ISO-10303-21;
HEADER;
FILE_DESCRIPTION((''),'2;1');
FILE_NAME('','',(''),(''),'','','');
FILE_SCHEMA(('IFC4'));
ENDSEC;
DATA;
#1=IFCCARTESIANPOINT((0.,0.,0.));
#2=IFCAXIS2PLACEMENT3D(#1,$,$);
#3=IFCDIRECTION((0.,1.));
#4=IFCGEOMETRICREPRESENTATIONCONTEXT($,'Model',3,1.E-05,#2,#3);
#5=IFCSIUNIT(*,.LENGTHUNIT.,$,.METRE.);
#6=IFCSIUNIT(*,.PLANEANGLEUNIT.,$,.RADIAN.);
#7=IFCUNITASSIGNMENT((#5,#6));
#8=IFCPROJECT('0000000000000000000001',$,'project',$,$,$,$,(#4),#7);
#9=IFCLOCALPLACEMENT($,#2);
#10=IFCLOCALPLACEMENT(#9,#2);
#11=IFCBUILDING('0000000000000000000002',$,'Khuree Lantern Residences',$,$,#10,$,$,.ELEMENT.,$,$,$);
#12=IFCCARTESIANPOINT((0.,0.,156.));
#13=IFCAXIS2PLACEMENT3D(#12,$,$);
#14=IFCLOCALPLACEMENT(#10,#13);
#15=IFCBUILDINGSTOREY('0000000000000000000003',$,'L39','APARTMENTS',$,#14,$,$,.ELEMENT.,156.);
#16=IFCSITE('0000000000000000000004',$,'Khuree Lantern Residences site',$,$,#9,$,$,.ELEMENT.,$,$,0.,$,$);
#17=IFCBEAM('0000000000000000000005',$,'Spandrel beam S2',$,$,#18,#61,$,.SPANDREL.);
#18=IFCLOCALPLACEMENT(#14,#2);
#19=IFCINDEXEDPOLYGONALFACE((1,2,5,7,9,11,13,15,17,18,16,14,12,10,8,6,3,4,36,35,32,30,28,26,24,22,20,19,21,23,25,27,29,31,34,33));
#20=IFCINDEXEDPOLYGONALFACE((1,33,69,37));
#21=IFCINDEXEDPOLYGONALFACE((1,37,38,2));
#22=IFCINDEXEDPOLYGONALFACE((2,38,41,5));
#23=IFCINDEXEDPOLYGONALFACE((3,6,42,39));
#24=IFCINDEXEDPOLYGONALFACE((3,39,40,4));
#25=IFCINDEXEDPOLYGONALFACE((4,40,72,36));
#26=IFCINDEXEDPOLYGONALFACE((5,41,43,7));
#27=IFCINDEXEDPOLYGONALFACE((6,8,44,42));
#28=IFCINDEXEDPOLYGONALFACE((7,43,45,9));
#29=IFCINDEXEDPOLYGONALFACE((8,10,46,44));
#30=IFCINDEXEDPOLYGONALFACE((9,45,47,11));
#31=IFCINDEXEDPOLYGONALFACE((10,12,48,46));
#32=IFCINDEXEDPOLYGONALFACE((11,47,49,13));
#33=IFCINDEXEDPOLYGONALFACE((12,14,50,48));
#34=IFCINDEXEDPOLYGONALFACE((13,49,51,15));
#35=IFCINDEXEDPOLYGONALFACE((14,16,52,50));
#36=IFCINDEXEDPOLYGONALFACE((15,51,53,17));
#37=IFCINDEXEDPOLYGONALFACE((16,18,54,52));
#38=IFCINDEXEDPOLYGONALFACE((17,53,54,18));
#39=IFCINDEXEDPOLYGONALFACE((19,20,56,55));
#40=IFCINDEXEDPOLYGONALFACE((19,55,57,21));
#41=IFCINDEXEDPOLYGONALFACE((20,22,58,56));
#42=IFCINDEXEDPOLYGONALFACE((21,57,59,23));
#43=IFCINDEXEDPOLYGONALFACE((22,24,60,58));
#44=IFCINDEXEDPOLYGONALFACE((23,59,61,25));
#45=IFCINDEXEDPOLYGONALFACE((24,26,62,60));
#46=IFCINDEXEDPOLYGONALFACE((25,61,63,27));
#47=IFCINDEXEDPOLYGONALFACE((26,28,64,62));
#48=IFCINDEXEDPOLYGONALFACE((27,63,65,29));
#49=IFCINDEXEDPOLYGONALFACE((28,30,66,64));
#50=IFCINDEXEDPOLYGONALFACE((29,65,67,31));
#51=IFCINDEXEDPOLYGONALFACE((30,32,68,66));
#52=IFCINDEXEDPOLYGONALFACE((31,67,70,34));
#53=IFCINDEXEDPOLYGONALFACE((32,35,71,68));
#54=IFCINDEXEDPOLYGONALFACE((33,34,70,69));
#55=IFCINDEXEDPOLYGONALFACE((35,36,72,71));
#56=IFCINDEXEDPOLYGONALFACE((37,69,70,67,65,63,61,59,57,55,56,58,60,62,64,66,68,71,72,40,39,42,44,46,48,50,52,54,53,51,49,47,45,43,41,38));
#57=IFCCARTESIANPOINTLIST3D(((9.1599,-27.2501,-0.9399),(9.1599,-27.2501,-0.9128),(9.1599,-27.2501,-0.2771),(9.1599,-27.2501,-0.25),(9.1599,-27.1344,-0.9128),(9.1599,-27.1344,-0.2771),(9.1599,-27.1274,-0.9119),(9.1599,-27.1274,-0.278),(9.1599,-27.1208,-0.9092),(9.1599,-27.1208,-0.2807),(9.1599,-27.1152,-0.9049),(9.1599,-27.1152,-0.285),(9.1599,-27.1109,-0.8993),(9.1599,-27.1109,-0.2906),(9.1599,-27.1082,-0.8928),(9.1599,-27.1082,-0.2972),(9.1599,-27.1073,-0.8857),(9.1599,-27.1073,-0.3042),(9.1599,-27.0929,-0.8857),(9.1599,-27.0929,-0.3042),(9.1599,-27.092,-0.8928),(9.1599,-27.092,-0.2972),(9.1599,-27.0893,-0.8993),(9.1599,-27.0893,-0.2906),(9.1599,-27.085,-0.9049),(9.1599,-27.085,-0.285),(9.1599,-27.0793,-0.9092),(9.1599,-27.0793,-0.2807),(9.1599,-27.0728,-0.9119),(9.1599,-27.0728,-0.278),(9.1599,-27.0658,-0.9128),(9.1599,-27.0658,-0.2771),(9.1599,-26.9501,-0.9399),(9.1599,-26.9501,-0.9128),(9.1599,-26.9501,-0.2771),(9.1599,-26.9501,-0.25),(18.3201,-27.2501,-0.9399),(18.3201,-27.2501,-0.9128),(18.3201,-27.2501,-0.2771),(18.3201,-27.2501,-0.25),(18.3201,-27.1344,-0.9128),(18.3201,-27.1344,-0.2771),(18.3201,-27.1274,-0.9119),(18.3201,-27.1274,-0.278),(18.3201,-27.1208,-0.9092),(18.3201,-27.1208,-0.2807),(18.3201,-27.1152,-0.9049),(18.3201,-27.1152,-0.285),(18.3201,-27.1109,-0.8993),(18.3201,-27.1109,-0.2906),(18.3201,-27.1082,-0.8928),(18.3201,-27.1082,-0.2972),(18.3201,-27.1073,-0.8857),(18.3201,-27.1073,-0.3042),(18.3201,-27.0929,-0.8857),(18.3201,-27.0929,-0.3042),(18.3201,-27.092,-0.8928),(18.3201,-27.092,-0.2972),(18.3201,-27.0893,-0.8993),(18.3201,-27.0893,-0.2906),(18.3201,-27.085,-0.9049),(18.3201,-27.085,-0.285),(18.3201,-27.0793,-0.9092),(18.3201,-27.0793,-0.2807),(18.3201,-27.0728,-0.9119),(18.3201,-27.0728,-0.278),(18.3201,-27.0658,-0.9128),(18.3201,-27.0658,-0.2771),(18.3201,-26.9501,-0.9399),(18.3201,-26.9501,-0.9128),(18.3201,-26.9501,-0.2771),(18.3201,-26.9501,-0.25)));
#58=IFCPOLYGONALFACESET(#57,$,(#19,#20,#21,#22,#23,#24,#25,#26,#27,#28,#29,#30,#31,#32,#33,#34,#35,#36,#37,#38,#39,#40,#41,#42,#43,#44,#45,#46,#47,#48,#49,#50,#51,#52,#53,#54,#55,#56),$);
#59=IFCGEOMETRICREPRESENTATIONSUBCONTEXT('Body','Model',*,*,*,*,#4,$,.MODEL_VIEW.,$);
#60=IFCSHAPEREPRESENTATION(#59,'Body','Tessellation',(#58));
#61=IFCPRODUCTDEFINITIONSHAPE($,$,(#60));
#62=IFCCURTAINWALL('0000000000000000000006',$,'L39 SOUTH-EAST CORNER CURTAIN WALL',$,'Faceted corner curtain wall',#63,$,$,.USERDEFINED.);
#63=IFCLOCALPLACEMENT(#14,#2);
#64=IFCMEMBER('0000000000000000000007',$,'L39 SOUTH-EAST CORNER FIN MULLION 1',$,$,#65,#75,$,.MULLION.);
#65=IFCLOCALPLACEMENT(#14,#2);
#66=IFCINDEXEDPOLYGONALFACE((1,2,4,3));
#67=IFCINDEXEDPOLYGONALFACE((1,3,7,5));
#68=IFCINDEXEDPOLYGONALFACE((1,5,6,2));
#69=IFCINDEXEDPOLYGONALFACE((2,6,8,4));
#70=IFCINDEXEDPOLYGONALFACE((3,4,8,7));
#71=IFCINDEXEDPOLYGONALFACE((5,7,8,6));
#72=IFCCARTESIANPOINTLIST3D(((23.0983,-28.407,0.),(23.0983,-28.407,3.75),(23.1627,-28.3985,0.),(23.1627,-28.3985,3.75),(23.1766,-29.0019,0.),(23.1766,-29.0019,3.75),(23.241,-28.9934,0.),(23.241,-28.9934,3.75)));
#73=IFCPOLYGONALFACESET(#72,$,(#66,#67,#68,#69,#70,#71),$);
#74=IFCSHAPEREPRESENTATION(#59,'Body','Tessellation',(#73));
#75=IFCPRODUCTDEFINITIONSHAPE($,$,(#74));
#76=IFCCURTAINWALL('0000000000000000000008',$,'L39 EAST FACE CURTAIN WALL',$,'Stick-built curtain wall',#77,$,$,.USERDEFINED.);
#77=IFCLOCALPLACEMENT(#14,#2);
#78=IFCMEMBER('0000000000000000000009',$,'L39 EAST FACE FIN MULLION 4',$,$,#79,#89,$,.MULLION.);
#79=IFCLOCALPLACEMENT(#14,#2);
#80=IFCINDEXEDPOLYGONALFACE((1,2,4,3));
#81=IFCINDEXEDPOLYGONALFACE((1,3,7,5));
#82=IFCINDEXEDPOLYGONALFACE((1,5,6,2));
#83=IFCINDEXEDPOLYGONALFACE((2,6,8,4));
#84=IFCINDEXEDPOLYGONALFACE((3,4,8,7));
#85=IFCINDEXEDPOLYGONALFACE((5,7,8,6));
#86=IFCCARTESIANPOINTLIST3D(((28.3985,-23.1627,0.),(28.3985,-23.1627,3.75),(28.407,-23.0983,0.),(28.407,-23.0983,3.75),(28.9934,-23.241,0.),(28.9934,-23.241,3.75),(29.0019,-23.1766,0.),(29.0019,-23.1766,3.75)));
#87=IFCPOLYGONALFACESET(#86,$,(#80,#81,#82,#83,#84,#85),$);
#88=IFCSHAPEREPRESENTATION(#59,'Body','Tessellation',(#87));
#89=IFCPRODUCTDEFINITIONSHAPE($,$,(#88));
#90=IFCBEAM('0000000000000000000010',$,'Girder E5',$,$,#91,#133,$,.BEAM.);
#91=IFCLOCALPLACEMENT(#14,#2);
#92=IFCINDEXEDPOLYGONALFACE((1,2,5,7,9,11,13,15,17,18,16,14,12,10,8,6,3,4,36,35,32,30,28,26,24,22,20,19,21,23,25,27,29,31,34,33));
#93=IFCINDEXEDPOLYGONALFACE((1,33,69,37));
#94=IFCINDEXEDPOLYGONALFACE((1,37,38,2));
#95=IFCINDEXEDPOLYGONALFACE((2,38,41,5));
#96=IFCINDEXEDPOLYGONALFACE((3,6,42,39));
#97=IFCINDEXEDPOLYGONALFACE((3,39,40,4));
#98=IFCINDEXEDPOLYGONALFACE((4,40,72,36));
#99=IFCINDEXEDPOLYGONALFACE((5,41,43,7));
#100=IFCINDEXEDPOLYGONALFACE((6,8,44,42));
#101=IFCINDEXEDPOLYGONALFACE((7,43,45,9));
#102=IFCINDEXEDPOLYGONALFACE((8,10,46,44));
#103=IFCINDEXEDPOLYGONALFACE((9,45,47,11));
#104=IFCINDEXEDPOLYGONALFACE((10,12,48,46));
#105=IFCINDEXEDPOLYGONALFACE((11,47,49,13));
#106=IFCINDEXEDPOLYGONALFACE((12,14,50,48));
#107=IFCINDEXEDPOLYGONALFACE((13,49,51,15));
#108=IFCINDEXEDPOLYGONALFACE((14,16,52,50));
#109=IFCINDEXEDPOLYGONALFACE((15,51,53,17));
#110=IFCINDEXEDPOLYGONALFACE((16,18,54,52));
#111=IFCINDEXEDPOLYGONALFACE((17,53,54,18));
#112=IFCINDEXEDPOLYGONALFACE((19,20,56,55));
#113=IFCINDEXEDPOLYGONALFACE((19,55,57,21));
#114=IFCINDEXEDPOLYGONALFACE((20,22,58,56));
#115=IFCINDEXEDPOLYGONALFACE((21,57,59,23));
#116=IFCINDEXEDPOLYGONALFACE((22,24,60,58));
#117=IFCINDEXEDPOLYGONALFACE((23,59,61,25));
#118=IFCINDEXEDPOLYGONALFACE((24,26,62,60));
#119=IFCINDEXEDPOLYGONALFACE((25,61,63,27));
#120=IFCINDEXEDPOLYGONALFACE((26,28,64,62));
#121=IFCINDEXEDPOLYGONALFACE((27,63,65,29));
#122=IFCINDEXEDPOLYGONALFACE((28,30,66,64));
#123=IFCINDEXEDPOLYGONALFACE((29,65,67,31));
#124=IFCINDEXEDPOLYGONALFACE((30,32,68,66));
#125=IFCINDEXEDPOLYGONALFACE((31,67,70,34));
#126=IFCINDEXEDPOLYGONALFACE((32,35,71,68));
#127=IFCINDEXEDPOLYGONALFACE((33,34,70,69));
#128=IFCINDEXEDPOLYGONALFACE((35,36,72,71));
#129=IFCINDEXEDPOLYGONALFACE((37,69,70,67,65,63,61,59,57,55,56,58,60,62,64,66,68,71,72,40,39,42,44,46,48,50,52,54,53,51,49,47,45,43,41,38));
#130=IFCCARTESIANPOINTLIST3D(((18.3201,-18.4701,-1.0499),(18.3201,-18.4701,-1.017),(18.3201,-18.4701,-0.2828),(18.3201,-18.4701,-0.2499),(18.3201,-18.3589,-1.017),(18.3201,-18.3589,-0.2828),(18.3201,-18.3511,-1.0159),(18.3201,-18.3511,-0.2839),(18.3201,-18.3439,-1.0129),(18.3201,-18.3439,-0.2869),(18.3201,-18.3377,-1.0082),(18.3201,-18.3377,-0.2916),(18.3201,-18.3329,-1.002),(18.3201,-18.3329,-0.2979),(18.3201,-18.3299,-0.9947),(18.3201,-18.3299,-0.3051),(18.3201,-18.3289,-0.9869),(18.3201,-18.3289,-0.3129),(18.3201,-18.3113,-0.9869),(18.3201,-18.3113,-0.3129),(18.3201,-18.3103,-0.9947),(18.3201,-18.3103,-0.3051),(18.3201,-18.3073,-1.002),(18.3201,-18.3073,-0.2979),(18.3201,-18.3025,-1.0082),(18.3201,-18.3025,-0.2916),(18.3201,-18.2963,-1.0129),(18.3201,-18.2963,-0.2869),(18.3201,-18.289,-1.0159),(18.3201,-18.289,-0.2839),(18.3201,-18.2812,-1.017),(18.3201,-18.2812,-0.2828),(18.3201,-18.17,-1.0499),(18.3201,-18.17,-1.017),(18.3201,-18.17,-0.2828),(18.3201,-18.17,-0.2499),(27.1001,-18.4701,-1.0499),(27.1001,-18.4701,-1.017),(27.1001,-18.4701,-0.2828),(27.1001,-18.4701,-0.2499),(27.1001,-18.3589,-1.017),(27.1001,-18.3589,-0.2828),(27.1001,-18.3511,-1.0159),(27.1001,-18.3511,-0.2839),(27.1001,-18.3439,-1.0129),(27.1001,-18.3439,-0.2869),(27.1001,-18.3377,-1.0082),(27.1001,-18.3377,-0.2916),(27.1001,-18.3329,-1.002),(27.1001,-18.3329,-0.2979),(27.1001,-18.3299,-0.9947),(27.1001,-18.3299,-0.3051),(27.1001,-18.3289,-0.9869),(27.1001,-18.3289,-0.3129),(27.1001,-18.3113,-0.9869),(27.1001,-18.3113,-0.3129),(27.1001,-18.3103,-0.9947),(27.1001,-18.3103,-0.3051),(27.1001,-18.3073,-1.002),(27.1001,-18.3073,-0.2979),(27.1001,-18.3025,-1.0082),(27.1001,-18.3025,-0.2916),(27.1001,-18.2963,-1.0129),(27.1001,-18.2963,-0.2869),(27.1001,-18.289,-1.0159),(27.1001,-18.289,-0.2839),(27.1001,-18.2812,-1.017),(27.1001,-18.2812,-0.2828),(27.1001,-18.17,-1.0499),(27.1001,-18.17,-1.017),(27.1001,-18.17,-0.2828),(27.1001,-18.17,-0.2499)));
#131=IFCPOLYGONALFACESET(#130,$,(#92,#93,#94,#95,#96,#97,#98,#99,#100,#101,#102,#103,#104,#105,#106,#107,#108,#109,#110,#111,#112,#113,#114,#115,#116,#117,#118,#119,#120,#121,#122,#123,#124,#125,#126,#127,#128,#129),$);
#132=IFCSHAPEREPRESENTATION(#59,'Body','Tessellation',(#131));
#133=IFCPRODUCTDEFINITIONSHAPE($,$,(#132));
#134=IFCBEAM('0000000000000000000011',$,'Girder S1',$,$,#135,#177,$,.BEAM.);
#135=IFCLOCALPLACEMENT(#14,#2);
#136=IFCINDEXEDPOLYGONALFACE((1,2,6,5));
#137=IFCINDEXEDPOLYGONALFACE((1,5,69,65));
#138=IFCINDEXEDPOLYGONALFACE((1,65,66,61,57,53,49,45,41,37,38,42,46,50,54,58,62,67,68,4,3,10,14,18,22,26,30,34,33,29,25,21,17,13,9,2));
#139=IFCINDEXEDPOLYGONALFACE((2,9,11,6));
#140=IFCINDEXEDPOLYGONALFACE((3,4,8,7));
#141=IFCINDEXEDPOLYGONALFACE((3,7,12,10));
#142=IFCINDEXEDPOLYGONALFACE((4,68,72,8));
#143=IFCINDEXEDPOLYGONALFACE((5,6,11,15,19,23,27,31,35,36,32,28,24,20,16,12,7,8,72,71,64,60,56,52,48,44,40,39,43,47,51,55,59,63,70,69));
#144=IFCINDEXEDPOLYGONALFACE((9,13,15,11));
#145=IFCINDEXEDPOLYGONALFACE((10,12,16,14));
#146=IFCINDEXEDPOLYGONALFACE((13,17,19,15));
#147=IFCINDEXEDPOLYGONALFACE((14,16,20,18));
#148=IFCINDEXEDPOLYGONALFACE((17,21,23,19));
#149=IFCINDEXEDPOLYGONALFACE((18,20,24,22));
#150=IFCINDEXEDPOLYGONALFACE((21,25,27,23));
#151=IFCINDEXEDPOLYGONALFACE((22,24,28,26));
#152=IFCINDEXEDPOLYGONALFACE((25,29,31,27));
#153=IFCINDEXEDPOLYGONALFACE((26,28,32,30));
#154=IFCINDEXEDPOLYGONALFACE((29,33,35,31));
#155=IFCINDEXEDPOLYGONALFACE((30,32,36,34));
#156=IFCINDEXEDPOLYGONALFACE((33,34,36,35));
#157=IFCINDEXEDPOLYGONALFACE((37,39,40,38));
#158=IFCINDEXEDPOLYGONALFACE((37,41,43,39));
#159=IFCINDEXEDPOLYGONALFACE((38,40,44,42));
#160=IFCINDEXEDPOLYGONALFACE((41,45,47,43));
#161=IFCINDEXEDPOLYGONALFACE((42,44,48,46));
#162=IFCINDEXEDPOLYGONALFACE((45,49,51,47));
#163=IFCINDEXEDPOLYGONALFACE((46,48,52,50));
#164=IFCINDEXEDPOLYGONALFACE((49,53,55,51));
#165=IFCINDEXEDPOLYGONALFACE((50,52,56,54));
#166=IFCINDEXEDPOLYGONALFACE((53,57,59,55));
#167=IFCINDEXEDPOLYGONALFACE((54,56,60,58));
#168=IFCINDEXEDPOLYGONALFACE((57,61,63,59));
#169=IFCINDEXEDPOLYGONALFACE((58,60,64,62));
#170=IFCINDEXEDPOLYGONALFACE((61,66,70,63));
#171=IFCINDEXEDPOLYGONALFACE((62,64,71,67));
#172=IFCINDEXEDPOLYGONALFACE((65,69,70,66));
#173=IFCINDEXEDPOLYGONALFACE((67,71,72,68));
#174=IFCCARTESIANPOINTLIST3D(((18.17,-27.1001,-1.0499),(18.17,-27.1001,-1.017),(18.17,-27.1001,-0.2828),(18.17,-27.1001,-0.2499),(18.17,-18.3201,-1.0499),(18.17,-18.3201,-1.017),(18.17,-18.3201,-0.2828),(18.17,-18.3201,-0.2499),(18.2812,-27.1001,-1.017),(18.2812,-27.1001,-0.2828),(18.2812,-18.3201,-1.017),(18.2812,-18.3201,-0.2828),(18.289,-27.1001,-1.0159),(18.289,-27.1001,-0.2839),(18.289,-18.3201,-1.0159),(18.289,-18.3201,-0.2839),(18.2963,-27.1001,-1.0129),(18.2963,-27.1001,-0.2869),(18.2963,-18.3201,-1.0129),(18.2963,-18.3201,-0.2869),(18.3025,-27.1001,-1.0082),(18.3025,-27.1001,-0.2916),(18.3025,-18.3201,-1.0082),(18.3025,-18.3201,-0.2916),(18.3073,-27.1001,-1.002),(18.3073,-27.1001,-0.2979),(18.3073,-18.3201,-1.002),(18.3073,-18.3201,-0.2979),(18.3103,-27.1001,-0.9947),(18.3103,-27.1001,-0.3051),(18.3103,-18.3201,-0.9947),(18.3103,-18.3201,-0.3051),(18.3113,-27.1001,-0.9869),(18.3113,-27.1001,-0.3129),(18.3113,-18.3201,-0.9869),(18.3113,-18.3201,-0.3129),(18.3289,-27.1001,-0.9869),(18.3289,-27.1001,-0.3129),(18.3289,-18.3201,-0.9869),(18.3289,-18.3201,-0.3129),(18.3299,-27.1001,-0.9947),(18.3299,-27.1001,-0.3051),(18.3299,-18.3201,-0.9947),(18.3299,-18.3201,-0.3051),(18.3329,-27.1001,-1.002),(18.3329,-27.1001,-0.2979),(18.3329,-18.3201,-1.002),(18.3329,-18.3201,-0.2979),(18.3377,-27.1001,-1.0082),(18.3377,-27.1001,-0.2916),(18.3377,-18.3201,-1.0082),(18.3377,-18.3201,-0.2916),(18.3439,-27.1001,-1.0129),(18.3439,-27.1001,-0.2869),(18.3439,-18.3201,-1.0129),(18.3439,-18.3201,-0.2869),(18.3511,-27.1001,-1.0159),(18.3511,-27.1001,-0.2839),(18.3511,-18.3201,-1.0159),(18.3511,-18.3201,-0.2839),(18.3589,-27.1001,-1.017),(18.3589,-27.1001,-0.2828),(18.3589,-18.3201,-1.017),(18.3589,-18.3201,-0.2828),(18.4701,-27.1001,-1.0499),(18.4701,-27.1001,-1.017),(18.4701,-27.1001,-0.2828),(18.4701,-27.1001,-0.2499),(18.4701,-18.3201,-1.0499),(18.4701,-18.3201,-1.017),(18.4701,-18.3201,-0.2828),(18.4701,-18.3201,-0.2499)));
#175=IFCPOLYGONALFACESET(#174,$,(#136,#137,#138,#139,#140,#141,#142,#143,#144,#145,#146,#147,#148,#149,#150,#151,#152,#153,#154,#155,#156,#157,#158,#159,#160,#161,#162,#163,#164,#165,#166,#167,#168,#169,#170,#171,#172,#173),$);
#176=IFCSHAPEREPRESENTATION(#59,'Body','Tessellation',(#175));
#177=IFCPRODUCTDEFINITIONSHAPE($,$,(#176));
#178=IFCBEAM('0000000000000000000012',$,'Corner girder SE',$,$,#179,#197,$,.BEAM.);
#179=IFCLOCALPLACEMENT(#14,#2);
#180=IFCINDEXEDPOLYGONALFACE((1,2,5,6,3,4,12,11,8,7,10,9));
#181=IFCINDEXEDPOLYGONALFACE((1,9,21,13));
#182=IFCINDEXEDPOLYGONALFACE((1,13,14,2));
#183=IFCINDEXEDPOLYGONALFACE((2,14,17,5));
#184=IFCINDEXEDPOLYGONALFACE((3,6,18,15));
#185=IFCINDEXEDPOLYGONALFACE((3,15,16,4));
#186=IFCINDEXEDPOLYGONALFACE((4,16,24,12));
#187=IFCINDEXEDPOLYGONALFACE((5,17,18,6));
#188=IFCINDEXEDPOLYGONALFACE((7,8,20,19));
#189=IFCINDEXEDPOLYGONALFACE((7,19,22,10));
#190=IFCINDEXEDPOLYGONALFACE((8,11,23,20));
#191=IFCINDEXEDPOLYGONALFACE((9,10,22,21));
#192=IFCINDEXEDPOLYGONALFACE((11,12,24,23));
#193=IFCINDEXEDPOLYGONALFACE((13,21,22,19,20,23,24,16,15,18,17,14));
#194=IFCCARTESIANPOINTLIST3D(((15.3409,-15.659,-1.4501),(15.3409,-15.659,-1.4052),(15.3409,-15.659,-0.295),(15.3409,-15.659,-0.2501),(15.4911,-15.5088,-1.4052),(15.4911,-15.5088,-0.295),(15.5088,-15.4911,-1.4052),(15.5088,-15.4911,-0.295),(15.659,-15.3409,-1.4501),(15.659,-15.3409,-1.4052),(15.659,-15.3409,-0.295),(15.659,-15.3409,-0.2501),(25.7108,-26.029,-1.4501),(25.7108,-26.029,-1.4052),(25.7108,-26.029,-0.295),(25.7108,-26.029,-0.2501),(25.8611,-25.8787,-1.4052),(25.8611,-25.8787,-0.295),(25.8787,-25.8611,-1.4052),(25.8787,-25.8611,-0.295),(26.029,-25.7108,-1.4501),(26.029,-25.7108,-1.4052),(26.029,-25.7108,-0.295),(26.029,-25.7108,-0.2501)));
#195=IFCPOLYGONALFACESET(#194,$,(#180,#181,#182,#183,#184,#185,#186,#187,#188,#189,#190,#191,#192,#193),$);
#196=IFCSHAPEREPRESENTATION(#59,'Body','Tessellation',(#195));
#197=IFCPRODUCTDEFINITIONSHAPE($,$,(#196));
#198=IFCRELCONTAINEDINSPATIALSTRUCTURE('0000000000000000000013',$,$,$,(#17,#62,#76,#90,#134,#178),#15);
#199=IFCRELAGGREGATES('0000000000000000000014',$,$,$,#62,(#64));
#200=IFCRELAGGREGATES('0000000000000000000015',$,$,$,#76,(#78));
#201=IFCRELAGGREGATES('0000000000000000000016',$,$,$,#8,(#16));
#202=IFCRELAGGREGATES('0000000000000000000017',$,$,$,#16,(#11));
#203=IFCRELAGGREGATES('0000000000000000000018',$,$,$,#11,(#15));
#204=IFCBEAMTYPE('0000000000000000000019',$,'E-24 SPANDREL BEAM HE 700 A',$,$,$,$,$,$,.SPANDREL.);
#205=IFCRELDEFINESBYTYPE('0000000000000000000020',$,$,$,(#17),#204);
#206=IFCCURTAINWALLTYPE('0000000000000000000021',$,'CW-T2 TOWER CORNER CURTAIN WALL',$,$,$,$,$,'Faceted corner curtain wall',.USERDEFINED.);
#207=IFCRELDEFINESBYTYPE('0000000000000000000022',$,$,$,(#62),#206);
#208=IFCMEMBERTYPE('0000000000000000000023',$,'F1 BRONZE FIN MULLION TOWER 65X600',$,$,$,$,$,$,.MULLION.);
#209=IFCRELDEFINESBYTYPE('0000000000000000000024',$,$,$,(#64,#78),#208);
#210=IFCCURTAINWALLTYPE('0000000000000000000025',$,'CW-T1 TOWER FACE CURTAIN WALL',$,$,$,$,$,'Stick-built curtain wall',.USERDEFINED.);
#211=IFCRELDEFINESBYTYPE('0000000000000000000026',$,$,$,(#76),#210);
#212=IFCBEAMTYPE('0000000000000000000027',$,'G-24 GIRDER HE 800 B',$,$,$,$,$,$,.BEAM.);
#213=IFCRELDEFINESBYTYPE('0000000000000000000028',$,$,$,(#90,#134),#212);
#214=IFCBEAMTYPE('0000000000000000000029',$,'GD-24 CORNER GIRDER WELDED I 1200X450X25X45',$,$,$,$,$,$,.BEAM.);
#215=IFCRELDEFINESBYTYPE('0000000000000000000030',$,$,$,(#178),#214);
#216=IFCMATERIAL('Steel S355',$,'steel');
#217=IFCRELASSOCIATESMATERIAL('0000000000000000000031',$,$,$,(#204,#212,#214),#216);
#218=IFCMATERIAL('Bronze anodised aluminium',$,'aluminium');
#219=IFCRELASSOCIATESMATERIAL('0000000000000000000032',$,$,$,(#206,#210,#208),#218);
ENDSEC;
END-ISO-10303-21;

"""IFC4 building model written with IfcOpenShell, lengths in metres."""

from ifc_helpers import new_model, si_unit, direction, frame, origin, origin_2d, place, context, subcontext, project, spatial, rectangle, i_section, extrude, material, material_profile, profile_set, type_object, element, aggregate, save


model = new_model("IFC4")

# Units and contexts
model_context = context("Model", 3, precision=1e-05, world=origin(), true_north=direction((0.0, 1.0)))
body_context = subcontext(model_context, "Body", "Model", "MODEL_VIEW")
ifc_project = project(units=[si_unit("LENGTHUNIT", "METRE"), si_unit("PLANEANGLEUNIT", "RADIAN")], contexts=[model_context])

# Site, building, storey
site_placement = place(None, origin())
site = spatial("IfcSite", under=ifc_project, at=site_placement, Name="Khuree Lantern Residences site", CompositionType="ELEMENT", RefElevation=0.0)
building_placement = place(site_placement, origin())
building = spatial("IfcBuilding", under=site, at=building_placement, Name="Khuree Lantern Residences", CompositionType="ELEMENT")
storey_placement = place(building_placement, frame((0.0, 0.0, 156.0)))
storey = spatial("IfcBuildingStorey", under=building, at=storey_placement, Name="L39", Description="APARTMENTS", CompositionType="ELEMENT", Elevation=156.0)

# Beam
ifc_material_1 = material(Name="Steel S355", Category="steel")
ifc_material_profile_1 = material_profile(ifc_material_1, i_section(OverallWidth=0.3, OverallDepth=0.6899, WebThickness=0.0144, FlangeThickness=0.0271, FilletRadius=0.0271, at=origin_2d()), Name="HE 700 A")
ifc_profile_set_1 = profile_set([ifc_material_profile_1], Name="Steel S355")
beam_type_1 = type_object("IfcBeamType", Name="E-24 SPANDREL BEAM HE 700 A", PredefinedType="SPANDREL", material=ifc_profile_set_1)
beam_1_placement = place(storey_placement, frame((18.3201, -27.1001, -0.595), z_axis=(-1.0, 0.0, 0.0), x_axis=(0.0, -1.0, 0.0)))
element("IfcBeam", 1, at=beam_1_placement, inside=storey, type_object=beam_type_1, Name="Spandrel beam S2", PredefinedType="SPANDREL", context=body_context, shape_type="SweptSolid", body=[
    extrude(i_section(OverallWidth=0.3, OverallDepth=0.6899, WebThickness=0.0144, FlangeThickness=0.0271, FilletRadius=0.0271, at=origin_2d()), origin(), (0.0, 0.0, 1.0), 9.1602),
])

# Curtain walls, members
ifc_material_2 = material(Name="Bronze anodised aluminium", Category="aluminium")
curtain_wall_type_1 = type_object("IfcCurtainWallType", Name="CW-T2 TOWER CORNER CURTAIN WALL", ElementType="Faceted corner curtain wall", PredefinedType="USERDEFINED", material=ifc_material_2)
curtain_wall_1_placement = place(storey_placement, origin())
curtain_wall_1 = element("IfcCurtainWall", 2, at=curtain_wall_1_placement, inside=storey, type_object=curtain_wall_type_1, Name="L39 SOUTH-EAST CORNER CURTAIN WALL", ObjectType="Faceted corner curtain wall", PredefinedType="USERDEFINED")
ifc_material_profile_2 = material_profile(ifc_material_2, rectangle(XDim=0.0649, YDim=0.6001, at=origin_2d()), Name="F1 65X600")
ifc_profile_set_2 = profile_set([ifc_material_profile_2], Name="Bronze anodised aluminium")
member_type_1 = type_object("IfcMemberType", Name="F1 BRONZE FIN MULLION TOWER 65X600", PredefinedType="MULLION", material=ifc_profile_set_2)
member_1_placement = place(storey_placement, frame((23.1697, -28.7002, 0.0), z_axis=(0.0, 0.0, 1.0), x_axis=(0.991445, 0.130526, 0.0)))
member_1 = element("IfcMember", 3, at=member_1_placement, type_object=member_type_1, Name="L39 SOUTH-EAST CORNER FIN MULLION 1", PredefinedType="MULLION", context=body_context, shape_type="SweptSolid", body=[
    extrude(rectangle(XDim=0.0649, YDim=0.6001, at=origin_2d()), origin(), (0.0, 0.0, 1.0), 3.75),
])
curtain_wall_type_2 = type_object("IfcCurtainWallType", Name="CW-T1 TOWER FACE CURTAIN WALL", ElementType="Stick-built curtain wall", PredefinedType="USERDEFINED", material=ifc_material_2)
curtain_wall_2_placement = place(storey_placement, origin())
curtain_wall_2 = element("IfcCurtainWall", 4, at=curtain_wall_2_placement, inside=storey, type_object=curtain_wall_type_2, Name="L39 EAST FACE CURTAIN WALL", ObjectType="Stick-built curtain wall", PredefinedType="USERDEFINED")
member_2_placement = place(storey_placement, frame((28.7002, -23.1697, 0.0), z_axis=(0.0, 0.0, 1.0), x_axis=(0.130526, 0.991445, 0.0)))
member_2 = element("IfcMember", 5, at=member_2_placement, type_object=member_type_1, Name="L39 EAST FACE FIN MULLION 4", PredefinedType="MULLION", context=body_context, shape_type="SweptSolid", body=[
    extrude(rectangle(XDim=0.0649, YDim=0.6001, at=origin_2d()), origin(), (0.0, 0.0, 1.0), 3.75),
])

# Beams
ifc_material_profile_3 = material_profile(ifc_material_1, i_section(OverallWidth=0.3, OverallDepth=0.8, WebThickness=0.0176, FlangeThickness=0.033, FilletRadius=0.03, at=origin_2d()), Name="HE 800 B")
ifc_profile_set_3 = profile_set([ifc_material_profile_3], Name="Steel S355")
beam_type_2 = type_object("IfcBeamType", Name="G-24 GIRDER HE 800 B", PredefinedType="BEAM", material=ifc_profile_set_3)
for number, where, z_axis, x_axis, name in (
    (6, (27.1001, -18.3201, -0.6499), (-1.0, 0.0, 0.0), (0.0, -1.0, 0.0), "Girder E5"),
    (7, (18.3201, -27.1001, -0.6499), (0.0, 1.0, 0.0), (-1.0, 0.0, 0.0), "Girder S1"),
):
    element("IfcBeam", number, at=place(storey_placement, frame(where, z_axis=z_axis, x_axis=x_axis)), inside=storey, type_object=beam_type_2, Name=name, PredefinedType="BEAM", context=body_context, shape_type="SweptSolid", body=[
        extrude(i_section(OverallWidth=0.3, OverallDepth=0.8, WebThickness=0.0176, FlangeThickness=0.033, FilletRadius=0.03, at=origin_2d()), origin(), (0.0, 0.0, 1.0), 8.78),
    ])
ifc_material_profile_4 = material_profile(ifc_material_1, i_section(OverallWidth=0.45, OverallDepth=1.2, WebThickness=0.0249, FlangeThickness=0.0449, at=origin_2d()), Name="WELDED I 1200X450X25X45")
ifc_profile_set_4 = profile_set([ifc_material_profile_4], Name="Steel S355")
beam_type_3 = type_object("IfcBeamType", Name="GD-24 CORNER GIRDER WELDED I 1200X450X25X45", PredefinedType="BEAM", material=ifc_profile_set_4)
beam_2_placement = place(storey_placement, frame((25.8699, -25.8699, -0.8501), z_axis=(-0.707107, 0.707107, 0.0), x_axis=(-0.707107, -0.707107, 0.0)))
element("IfcBeam", 8, at=beam_2_placement, inside=storey, type_object=beam_type_3, Name="Corner girder SE", PredefinedType="BEAM", context=body_context, shape_type="SweptSolid", body=[
    extrude(i_section(OverallWidth=0.45, OverallDepth=1.2, WebThickness=0.0249, FlangeThickness=0.0449, at=origin_2d()), origin(), (0.0, 0.0, 1.0), 14.6653),
])

aggregate(curtain_wall_1, [member_1])
aggregate(curtain_wall_2, [member_2])

save(model, "model.ifc")
